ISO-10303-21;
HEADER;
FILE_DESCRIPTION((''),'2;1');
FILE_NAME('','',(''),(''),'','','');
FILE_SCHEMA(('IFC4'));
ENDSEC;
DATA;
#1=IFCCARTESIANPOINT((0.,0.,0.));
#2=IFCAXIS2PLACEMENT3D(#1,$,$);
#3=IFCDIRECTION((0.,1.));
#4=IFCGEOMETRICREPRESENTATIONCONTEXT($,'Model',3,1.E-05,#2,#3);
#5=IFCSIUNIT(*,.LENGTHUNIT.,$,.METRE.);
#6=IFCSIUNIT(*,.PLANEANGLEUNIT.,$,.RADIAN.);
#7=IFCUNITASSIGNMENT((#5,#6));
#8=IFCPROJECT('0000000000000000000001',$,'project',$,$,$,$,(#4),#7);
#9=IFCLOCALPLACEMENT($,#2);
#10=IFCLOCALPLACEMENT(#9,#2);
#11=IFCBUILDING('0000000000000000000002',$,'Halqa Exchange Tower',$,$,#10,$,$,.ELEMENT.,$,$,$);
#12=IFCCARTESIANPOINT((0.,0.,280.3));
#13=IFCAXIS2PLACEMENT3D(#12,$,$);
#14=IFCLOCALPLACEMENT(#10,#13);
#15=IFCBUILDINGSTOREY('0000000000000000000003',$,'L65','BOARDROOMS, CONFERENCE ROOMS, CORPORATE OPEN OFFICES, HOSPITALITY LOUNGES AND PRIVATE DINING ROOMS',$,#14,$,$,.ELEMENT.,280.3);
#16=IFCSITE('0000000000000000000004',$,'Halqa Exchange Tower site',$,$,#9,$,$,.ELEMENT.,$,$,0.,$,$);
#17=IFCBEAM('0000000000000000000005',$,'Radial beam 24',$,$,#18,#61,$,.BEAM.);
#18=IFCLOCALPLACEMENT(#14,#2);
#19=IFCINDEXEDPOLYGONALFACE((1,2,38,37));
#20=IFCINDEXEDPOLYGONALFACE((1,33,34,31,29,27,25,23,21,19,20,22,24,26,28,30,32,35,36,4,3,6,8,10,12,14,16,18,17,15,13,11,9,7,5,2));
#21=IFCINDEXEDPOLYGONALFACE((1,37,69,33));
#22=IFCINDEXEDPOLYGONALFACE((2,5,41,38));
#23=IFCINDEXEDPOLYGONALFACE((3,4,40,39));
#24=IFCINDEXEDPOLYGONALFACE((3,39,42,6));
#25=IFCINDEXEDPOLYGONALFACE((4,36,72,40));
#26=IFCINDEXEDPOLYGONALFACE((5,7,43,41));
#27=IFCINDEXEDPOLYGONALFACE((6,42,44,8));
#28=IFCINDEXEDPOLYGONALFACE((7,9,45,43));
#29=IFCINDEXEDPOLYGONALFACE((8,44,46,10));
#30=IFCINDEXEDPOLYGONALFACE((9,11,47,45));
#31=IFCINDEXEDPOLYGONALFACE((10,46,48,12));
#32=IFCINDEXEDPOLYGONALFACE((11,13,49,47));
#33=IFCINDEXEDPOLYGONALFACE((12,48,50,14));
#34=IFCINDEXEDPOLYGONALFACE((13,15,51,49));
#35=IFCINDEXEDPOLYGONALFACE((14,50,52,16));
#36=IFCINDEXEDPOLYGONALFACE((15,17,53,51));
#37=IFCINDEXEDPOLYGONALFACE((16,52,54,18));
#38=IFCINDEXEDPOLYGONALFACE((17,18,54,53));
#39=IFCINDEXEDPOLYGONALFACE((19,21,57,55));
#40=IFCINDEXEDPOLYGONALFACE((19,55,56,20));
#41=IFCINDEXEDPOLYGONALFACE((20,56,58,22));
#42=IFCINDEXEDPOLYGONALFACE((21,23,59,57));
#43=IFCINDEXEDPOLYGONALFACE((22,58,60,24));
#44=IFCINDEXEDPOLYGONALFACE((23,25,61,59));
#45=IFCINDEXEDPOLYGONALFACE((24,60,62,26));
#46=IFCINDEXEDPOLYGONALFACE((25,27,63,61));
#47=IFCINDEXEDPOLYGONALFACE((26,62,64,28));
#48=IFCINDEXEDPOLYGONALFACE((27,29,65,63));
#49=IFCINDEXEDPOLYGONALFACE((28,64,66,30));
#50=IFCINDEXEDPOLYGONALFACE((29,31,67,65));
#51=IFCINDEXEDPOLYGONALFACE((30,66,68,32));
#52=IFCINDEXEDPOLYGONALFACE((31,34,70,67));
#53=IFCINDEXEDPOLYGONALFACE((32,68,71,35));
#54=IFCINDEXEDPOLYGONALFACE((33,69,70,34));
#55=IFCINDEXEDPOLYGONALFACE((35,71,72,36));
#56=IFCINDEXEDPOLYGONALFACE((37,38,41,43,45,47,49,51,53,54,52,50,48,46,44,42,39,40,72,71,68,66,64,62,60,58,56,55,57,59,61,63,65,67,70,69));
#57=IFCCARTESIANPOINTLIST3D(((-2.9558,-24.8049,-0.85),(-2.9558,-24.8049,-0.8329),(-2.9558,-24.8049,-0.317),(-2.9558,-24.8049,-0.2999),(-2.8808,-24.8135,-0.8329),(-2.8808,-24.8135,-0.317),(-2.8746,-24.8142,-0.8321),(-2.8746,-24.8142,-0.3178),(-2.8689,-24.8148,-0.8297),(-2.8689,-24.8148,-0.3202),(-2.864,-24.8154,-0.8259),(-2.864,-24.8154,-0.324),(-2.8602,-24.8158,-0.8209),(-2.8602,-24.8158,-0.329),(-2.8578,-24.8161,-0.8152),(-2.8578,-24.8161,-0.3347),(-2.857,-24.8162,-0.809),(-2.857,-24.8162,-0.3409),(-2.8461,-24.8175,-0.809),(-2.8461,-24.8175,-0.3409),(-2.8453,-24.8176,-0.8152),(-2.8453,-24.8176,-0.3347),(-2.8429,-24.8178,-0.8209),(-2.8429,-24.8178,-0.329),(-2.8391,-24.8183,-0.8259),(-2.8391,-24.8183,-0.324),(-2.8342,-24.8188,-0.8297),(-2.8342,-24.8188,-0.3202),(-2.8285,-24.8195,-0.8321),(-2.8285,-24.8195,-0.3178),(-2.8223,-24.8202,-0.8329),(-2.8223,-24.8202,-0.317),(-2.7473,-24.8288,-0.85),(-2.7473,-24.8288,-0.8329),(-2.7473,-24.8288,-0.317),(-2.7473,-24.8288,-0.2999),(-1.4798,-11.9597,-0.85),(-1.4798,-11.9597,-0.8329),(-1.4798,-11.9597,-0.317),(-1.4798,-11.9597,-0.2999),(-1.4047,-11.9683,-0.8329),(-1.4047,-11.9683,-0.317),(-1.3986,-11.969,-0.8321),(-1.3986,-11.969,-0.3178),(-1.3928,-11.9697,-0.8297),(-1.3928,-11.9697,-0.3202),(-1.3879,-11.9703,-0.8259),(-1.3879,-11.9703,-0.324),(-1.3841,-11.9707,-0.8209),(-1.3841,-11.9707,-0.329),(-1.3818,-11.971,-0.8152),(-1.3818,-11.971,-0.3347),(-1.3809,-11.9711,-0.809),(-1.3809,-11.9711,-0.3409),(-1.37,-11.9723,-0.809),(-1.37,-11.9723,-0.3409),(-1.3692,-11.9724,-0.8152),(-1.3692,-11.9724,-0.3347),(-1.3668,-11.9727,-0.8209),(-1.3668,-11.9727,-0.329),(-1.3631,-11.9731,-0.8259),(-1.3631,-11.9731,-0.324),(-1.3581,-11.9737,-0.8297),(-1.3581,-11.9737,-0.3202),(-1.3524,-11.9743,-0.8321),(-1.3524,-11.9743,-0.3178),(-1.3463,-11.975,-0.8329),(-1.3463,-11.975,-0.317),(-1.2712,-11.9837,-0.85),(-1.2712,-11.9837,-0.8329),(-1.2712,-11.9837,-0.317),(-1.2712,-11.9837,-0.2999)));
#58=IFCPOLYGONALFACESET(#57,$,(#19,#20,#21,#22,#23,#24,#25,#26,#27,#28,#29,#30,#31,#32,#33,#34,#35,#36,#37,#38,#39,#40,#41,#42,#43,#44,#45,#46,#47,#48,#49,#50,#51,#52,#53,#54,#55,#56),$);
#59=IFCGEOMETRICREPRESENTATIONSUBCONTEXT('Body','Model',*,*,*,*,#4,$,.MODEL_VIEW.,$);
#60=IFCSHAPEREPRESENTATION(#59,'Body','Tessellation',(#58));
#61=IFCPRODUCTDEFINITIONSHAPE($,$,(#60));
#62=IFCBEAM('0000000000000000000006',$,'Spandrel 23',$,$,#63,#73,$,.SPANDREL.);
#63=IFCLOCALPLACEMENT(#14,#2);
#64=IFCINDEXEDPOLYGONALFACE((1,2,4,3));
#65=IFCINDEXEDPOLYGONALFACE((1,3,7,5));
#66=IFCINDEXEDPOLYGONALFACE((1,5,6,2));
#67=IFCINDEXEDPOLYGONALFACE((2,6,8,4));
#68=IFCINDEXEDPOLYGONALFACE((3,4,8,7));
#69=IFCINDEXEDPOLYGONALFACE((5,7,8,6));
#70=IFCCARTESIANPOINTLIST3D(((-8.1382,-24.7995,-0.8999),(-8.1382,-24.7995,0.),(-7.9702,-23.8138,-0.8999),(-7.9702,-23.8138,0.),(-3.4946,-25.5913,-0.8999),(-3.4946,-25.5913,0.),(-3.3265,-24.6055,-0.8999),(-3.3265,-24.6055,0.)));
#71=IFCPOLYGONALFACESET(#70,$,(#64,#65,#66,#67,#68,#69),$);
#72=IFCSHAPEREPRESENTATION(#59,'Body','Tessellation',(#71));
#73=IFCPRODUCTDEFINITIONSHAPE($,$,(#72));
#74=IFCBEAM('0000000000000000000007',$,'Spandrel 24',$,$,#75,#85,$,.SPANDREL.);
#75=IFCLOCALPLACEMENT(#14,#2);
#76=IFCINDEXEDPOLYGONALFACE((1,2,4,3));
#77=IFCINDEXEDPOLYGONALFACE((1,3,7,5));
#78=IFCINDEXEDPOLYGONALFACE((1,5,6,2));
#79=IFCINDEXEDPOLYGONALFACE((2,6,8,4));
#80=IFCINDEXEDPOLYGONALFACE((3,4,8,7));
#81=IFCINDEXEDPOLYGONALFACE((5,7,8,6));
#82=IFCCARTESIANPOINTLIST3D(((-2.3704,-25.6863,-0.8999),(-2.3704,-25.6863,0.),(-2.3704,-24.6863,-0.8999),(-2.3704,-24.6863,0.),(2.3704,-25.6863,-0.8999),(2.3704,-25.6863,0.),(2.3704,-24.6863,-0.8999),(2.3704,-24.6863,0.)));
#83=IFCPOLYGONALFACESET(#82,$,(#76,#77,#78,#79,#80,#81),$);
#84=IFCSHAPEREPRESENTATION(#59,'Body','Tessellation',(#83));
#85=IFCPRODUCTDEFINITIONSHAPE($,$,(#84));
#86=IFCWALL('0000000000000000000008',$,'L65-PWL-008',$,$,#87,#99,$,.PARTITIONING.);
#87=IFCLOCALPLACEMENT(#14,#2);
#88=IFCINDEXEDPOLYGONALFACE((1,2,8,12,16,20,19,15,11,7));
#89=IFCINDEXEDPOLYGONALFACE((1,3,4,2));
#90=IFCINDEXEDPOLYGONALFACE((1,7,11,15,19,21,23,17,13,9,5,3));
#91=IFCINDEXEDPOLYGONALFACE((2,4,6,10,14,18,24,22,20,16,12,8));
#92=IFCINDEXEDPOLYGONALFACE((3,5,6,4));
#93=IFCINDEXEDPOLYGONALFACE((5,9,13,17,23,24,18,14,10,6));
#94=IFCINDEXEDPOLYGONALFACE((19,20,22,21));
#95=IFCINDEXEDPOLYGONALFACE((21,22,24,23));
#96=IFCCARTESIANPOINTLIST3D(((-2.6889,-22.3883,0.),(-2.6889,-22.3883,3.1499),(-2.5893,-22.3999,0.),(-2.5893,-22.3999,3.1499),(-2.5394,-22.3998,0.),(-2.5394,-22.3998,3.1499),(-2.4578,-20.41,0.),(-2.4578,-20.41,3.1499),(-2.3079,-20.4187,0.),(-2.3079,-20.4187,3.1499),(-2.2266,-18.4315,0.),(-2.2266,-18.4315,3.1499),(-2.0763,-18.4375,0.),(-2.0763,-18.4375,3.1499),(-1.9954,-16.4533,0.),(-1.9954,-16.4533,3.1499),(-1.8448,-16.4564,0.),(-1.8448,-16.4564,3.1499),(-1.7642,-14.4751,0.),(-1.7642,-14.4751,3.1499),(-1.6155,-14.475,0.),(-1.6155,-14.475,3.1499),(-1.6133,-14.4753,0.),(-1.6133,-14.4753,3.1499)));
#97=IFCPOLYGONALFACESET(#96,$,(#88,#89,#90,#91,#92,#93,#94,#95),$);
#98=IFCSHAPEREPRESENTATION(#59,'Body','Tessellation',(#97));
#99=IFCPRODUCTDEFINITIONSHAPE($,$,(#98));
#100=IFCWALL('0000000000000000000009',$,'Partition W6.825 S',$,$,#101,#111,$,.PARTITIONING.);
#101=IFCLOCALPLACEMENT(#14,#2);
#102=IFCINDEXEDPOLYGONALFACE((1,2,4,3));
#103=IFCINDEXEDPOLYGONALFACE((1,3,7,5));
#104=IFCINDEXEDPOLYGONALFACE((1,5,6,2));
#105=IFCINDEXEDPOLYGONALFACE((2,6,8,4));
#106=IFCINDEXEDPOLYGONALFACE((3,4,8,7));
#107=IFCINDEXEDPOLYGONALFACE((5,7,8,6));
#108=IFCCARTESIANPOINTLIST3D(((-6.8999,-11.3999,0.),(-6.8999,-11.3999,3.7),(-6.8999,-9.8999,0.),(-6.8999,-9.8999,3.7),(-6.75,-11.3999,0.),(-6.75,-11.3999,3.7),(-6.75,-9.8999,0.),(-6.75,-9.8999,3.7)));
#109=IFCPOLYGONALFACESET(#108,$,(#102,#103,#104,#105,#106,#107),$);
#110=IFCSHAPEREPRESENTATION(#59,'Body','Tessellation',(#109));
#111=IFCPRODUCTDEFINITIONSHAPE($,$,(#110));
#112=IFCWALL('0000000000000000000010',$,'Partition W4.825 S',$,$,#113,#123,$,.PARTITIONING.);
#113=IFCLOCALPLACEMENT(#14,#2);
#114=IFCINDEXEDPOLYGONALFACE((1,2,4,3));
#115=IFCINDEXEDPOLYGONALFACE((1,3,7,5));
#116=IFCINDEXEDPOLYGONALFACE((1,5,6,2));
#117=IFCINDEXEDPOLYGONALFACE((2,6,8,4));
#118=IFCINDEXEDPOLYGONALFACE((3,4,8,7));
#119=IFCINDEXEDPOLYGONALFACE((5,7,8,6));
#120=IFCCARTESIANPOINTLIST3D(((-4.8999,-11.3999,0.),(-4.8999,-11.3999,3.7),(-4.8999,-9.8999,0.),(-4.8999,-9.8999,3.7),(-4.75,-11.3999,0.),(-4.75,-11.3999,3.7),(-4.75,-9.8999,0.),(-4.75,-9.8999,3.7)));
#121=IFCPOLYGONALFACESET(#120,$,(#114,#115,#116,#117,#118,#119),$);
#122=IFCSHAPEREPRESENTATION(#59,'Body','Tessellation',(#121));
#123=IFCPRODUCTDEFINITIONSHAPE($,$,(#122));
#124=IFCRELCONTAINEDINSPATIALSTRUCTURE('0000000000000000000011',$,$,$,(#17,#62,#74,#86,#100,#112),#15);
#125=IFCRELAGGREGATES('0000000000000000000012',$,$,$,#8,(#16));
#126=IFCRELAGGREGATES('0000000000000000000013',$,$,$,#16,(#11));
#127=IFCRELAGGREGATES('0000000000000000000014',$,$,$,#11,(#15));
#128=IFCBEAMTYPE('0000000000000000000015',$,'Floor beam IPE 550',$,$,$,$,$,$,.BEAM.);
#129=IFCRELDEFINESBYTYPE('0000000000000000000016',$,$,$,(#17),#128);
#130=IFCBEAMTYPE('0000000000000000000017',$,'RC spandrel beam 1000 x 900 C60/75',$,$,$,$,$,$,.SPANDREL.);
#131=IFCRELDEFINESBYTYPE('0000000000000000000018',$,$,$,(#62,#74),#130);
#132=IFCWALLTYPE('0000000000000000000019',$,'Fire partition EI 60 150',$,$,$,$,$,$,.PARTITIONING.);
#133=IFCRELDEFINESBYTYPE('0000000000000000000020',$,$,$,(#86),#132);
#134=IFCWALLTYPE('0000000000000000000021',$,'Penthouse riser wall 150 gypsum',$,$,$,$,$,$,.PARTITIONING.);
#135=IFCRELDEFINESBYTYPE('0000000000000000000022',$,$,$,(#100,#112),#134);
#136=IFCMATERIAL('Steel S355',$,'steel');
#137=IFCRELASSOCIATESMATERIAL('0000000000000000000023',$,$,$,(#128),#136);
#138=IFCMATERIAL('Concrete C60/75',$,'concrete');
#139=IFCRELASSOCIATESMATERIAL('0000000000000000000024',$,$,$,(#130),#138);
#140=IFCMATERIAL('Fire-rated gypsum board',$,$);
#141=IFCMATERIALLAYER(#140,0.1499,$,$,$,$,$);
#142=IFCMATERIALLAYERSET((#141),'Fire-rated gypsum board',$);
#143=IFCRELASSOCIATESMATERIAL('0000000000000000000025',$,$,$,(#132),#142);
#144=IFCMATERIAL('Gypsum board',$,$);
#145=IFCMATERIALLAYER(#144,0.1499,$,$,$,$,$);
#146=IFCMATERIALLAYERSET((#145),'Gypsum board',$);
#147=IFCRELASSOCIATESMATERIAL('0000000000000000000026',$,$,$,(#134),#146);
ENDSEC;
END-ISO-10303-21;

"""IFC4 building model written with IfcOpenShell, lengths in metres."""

from ifc_helpers import new_model, si_unit, direction, frame, frame_2d, origin, origin_2d, place, context, subcontext, project, spatial, polyline, rectangle, i_section, outline, extrude, material, layer, layer_set, material_profile, profile_set, type_object, element, save


model = new_model("IFC4")

# Units and contexts
model_context = context("Model", 3, precision=1e-05, world=origin(), true_north=direction((0.0, 1.0)))
body_context = subcontext(model_context, "Body", "Model", "MODEL_VIEW")
ifc_project = project(units=[si_unit("LENGTHUNIT", "METRE"), si_unit("PLANEANGLEUNIT", "RADIAN")], contexts=[model_context])

# Site, building, storey
site_placement = place(None, origin())
site = spatial("IfcSite", under=ifc_project, at=site_placement, Name="Halqa Exchange Tower site", CompositionType="ELEMENT", RefElevation=0.0)
building_placement = place(site_placement, origin())
building = spatial("IfcBuilding", under=site, at=building_placement, Name="Halqa Exchange Tower", CompositionType="ELEMENT")
storey_placement = place(building_placement, frame((0.0, 0.0, 280.3)))
storey = spatial("IfcBuildingStorey", under=building, at=storey_placement, Name="L65", Description="BOARDROOMS, CONFERENCE ROOMS, CORPORATE OPEN OFFICES, HOSPITALITY LOUNGES AND PRIVATE DINING ROOMS", CompositionType="ELEMENT", Elevation=280.3)

# Shared definitions
ifc_material_1 = material(Name="Concrete C60/75", Category="concrete")

# Beams
ifc_material_2 = material(Name="Steel S355", Category="steel")
ifc_material_profile_1 = material_profile(ifc_material_2, i_section(OverallWidth=0.21, OverallDepth=0.55, WebThickness=0.011, FlangeThickness=0.0171, FilletRadius=0.0239, at=origin_2d()), Name="IPE 550")
ifc_profile_set_1 = profile_set([ifc_material_profile_1], Name="Steel S355")
beam_type_1 = type_object("IfcBeamType", Name="Floor beam IPE 550", PredefinedType="BEAM", material=ifc_profile_set_1)
beam_1_placement = place(storey_placement, frame((-1.3755, -11.9717, -0.575), z_axis=(-0.114161, -0.993462, 0.0), x_axis=(0.993462, -0.114161, 0.0)))
element("IfcBeam", 1, at=beam_1_placement, inside=storey, type_object=beam_type_1, Name="Radial beam 24", PredefinedType="BEAM", context=body_context, shape_type="SweptSolid", body=[
    extrude(i_section(OverallWidth=0.21, OverallDepth=0.55, WebThickness=0.011, FlangeThickness=0.0171, FilletRadius=0.0239, at=origin_2d()), origin(), (0.0, 0.0, 1.0), 12.9297),
])
ifc_material_profile_2 = material_profile(ifc_material_1, rectangle(XDim=1.0, YDim=0.8999, at=origin_2d()), Name="1000 x 900")
ifc_profile_set_2 = profile_set([ifc_material_profile_2], Name="Concrete C60/75")
beam_type_2 = type_object("IfcBeamType", Name="RC spandrel beam 1000 x 900 C60/75", PredefinedType="SPANDREL", material=ifc_profile_set_2)
beam_2_placement = place(storey_placement, frame((-8.0542, -24.3066, -0.45), z_axis=(0.985775, -0.16807, 0.0), x_axis=(0.16807, 0.985775, 0.0)))
element("IfcBeam", 2, at=beam_2_placement, inside=storey, type_object=beam_type_2, Name="Spandrel 23", PredefinedType="SPANDREL", context=body_context, shape_type="SweptSolid", body=[
    extrude(rectangle(XDim=1.0, YDim=0.8999, at=origin_2d()), origin(), (0.0, 0.0, 1.0), 4.7107),
])
beam_3_placement = place(storey_placement, frame((-2.3704, -25.1863, -0.45), z_axis=(1.0, 0.0, 0.0), x_axis=(0.0, 1.0, 0.0)))
element("IfcBeam", 3, at=beam_3_placement, inside=storey, type_object=beam_type_2, Name="Spandrel 24", PredefinedType="SPANDREL", context=body_context, shape_type="SweptSolid", body=[
    extrude(rectangle(XDim=1.0, YDim=0.8999, at=origin_2d()), origin(), (0.0, 0.0, 1.0), 4.7407),
])

# Walls
ifc_material_3 = material(Name="Fire-rated gypsum board")
ifc_layer_1 = layer(ifc_material_3, 0.1499)
ifc_layer_set_1 = layer_set([ifc_layer_1], Name="Fire-rated gypsum board")
wall_type_1 = type_object("IfcWallType", Name="Fire partition EI 60 150", PredefinedType="PARTITIONING", material=ifc_layer_set_1)
wall_1_placement = place(storey_placement, frame((-1.6877, -14.4666, 0.0), z_axis=(0.0, 0.0, 1.0), x_axis=(-0.116071, -0.993241, 0.0)))
element("IfcWall", 4, at=wall_1_placement, inside=storey, type_object=wall_type_1, Name="L65-PWL-008", PredefinedType="PARTITIONING", context=body_context, shape_type="SweptSolid", body=[
    extrude(outline(polyline([(7.9844, -0.075), (7.9844, 0.0254), (7.9785, 0.075), (5.9839, 0.075), (3.9893, 0.075), (1.9946, 0.075), (0.0, 0.075), (0.0, 0.0728), (0.0173, -0.075), (2.009, -0.075), (4.0007, -0.075), (5.9927, -0.075), (7.9844, -0.075)])), origin(), (0.0, 0.0, 1.0), 3.1499),
])
ifc_material_4 = material(Name="Gypsum board")
ifc_layer_2 = layer(ifc_material_4, 0.1499)
ifc_layer_set_2 = layer_set([ifc_layer_2], Name="Gypsum board")
wall_type_2 = type_object("IfcWallType", Name="Penthouse riser wall 150 gypsum", PredefinedType="PARTITIONING", material=ifc_layer_set_2)
for number, where, z_axis, x_axis, name in (
    (5, (-6.825, -11.3999, 0.0), (0.0, 0.0, 1.0), (0.0, 1.0, 0.0), "Partition W6.825 S"),
    (6, (-4.825, -11.3999, 0.0), (0.0, 0.0, 1.0), (0.0, 1.0, 0.0), "Partition W4.825 S"),
):
    element("IfcWall", number, at=place(storey_placement, frame(where, z_axis=z_axis, x_axis=x_axis)), inside=storey, type_object=wall_type_2, Name=name, PredefinedType="PARTITIONING", context=body_context, shape_type="SweptSolid", body=[
        extrude(rectangle(XDim=1.5, YDim=0.1499, at=frame_2d((0.75, 0.0))), origin(), (0.0, 0.0, 1.0), 3.7),
    ])

save(model, "model.ifc")
